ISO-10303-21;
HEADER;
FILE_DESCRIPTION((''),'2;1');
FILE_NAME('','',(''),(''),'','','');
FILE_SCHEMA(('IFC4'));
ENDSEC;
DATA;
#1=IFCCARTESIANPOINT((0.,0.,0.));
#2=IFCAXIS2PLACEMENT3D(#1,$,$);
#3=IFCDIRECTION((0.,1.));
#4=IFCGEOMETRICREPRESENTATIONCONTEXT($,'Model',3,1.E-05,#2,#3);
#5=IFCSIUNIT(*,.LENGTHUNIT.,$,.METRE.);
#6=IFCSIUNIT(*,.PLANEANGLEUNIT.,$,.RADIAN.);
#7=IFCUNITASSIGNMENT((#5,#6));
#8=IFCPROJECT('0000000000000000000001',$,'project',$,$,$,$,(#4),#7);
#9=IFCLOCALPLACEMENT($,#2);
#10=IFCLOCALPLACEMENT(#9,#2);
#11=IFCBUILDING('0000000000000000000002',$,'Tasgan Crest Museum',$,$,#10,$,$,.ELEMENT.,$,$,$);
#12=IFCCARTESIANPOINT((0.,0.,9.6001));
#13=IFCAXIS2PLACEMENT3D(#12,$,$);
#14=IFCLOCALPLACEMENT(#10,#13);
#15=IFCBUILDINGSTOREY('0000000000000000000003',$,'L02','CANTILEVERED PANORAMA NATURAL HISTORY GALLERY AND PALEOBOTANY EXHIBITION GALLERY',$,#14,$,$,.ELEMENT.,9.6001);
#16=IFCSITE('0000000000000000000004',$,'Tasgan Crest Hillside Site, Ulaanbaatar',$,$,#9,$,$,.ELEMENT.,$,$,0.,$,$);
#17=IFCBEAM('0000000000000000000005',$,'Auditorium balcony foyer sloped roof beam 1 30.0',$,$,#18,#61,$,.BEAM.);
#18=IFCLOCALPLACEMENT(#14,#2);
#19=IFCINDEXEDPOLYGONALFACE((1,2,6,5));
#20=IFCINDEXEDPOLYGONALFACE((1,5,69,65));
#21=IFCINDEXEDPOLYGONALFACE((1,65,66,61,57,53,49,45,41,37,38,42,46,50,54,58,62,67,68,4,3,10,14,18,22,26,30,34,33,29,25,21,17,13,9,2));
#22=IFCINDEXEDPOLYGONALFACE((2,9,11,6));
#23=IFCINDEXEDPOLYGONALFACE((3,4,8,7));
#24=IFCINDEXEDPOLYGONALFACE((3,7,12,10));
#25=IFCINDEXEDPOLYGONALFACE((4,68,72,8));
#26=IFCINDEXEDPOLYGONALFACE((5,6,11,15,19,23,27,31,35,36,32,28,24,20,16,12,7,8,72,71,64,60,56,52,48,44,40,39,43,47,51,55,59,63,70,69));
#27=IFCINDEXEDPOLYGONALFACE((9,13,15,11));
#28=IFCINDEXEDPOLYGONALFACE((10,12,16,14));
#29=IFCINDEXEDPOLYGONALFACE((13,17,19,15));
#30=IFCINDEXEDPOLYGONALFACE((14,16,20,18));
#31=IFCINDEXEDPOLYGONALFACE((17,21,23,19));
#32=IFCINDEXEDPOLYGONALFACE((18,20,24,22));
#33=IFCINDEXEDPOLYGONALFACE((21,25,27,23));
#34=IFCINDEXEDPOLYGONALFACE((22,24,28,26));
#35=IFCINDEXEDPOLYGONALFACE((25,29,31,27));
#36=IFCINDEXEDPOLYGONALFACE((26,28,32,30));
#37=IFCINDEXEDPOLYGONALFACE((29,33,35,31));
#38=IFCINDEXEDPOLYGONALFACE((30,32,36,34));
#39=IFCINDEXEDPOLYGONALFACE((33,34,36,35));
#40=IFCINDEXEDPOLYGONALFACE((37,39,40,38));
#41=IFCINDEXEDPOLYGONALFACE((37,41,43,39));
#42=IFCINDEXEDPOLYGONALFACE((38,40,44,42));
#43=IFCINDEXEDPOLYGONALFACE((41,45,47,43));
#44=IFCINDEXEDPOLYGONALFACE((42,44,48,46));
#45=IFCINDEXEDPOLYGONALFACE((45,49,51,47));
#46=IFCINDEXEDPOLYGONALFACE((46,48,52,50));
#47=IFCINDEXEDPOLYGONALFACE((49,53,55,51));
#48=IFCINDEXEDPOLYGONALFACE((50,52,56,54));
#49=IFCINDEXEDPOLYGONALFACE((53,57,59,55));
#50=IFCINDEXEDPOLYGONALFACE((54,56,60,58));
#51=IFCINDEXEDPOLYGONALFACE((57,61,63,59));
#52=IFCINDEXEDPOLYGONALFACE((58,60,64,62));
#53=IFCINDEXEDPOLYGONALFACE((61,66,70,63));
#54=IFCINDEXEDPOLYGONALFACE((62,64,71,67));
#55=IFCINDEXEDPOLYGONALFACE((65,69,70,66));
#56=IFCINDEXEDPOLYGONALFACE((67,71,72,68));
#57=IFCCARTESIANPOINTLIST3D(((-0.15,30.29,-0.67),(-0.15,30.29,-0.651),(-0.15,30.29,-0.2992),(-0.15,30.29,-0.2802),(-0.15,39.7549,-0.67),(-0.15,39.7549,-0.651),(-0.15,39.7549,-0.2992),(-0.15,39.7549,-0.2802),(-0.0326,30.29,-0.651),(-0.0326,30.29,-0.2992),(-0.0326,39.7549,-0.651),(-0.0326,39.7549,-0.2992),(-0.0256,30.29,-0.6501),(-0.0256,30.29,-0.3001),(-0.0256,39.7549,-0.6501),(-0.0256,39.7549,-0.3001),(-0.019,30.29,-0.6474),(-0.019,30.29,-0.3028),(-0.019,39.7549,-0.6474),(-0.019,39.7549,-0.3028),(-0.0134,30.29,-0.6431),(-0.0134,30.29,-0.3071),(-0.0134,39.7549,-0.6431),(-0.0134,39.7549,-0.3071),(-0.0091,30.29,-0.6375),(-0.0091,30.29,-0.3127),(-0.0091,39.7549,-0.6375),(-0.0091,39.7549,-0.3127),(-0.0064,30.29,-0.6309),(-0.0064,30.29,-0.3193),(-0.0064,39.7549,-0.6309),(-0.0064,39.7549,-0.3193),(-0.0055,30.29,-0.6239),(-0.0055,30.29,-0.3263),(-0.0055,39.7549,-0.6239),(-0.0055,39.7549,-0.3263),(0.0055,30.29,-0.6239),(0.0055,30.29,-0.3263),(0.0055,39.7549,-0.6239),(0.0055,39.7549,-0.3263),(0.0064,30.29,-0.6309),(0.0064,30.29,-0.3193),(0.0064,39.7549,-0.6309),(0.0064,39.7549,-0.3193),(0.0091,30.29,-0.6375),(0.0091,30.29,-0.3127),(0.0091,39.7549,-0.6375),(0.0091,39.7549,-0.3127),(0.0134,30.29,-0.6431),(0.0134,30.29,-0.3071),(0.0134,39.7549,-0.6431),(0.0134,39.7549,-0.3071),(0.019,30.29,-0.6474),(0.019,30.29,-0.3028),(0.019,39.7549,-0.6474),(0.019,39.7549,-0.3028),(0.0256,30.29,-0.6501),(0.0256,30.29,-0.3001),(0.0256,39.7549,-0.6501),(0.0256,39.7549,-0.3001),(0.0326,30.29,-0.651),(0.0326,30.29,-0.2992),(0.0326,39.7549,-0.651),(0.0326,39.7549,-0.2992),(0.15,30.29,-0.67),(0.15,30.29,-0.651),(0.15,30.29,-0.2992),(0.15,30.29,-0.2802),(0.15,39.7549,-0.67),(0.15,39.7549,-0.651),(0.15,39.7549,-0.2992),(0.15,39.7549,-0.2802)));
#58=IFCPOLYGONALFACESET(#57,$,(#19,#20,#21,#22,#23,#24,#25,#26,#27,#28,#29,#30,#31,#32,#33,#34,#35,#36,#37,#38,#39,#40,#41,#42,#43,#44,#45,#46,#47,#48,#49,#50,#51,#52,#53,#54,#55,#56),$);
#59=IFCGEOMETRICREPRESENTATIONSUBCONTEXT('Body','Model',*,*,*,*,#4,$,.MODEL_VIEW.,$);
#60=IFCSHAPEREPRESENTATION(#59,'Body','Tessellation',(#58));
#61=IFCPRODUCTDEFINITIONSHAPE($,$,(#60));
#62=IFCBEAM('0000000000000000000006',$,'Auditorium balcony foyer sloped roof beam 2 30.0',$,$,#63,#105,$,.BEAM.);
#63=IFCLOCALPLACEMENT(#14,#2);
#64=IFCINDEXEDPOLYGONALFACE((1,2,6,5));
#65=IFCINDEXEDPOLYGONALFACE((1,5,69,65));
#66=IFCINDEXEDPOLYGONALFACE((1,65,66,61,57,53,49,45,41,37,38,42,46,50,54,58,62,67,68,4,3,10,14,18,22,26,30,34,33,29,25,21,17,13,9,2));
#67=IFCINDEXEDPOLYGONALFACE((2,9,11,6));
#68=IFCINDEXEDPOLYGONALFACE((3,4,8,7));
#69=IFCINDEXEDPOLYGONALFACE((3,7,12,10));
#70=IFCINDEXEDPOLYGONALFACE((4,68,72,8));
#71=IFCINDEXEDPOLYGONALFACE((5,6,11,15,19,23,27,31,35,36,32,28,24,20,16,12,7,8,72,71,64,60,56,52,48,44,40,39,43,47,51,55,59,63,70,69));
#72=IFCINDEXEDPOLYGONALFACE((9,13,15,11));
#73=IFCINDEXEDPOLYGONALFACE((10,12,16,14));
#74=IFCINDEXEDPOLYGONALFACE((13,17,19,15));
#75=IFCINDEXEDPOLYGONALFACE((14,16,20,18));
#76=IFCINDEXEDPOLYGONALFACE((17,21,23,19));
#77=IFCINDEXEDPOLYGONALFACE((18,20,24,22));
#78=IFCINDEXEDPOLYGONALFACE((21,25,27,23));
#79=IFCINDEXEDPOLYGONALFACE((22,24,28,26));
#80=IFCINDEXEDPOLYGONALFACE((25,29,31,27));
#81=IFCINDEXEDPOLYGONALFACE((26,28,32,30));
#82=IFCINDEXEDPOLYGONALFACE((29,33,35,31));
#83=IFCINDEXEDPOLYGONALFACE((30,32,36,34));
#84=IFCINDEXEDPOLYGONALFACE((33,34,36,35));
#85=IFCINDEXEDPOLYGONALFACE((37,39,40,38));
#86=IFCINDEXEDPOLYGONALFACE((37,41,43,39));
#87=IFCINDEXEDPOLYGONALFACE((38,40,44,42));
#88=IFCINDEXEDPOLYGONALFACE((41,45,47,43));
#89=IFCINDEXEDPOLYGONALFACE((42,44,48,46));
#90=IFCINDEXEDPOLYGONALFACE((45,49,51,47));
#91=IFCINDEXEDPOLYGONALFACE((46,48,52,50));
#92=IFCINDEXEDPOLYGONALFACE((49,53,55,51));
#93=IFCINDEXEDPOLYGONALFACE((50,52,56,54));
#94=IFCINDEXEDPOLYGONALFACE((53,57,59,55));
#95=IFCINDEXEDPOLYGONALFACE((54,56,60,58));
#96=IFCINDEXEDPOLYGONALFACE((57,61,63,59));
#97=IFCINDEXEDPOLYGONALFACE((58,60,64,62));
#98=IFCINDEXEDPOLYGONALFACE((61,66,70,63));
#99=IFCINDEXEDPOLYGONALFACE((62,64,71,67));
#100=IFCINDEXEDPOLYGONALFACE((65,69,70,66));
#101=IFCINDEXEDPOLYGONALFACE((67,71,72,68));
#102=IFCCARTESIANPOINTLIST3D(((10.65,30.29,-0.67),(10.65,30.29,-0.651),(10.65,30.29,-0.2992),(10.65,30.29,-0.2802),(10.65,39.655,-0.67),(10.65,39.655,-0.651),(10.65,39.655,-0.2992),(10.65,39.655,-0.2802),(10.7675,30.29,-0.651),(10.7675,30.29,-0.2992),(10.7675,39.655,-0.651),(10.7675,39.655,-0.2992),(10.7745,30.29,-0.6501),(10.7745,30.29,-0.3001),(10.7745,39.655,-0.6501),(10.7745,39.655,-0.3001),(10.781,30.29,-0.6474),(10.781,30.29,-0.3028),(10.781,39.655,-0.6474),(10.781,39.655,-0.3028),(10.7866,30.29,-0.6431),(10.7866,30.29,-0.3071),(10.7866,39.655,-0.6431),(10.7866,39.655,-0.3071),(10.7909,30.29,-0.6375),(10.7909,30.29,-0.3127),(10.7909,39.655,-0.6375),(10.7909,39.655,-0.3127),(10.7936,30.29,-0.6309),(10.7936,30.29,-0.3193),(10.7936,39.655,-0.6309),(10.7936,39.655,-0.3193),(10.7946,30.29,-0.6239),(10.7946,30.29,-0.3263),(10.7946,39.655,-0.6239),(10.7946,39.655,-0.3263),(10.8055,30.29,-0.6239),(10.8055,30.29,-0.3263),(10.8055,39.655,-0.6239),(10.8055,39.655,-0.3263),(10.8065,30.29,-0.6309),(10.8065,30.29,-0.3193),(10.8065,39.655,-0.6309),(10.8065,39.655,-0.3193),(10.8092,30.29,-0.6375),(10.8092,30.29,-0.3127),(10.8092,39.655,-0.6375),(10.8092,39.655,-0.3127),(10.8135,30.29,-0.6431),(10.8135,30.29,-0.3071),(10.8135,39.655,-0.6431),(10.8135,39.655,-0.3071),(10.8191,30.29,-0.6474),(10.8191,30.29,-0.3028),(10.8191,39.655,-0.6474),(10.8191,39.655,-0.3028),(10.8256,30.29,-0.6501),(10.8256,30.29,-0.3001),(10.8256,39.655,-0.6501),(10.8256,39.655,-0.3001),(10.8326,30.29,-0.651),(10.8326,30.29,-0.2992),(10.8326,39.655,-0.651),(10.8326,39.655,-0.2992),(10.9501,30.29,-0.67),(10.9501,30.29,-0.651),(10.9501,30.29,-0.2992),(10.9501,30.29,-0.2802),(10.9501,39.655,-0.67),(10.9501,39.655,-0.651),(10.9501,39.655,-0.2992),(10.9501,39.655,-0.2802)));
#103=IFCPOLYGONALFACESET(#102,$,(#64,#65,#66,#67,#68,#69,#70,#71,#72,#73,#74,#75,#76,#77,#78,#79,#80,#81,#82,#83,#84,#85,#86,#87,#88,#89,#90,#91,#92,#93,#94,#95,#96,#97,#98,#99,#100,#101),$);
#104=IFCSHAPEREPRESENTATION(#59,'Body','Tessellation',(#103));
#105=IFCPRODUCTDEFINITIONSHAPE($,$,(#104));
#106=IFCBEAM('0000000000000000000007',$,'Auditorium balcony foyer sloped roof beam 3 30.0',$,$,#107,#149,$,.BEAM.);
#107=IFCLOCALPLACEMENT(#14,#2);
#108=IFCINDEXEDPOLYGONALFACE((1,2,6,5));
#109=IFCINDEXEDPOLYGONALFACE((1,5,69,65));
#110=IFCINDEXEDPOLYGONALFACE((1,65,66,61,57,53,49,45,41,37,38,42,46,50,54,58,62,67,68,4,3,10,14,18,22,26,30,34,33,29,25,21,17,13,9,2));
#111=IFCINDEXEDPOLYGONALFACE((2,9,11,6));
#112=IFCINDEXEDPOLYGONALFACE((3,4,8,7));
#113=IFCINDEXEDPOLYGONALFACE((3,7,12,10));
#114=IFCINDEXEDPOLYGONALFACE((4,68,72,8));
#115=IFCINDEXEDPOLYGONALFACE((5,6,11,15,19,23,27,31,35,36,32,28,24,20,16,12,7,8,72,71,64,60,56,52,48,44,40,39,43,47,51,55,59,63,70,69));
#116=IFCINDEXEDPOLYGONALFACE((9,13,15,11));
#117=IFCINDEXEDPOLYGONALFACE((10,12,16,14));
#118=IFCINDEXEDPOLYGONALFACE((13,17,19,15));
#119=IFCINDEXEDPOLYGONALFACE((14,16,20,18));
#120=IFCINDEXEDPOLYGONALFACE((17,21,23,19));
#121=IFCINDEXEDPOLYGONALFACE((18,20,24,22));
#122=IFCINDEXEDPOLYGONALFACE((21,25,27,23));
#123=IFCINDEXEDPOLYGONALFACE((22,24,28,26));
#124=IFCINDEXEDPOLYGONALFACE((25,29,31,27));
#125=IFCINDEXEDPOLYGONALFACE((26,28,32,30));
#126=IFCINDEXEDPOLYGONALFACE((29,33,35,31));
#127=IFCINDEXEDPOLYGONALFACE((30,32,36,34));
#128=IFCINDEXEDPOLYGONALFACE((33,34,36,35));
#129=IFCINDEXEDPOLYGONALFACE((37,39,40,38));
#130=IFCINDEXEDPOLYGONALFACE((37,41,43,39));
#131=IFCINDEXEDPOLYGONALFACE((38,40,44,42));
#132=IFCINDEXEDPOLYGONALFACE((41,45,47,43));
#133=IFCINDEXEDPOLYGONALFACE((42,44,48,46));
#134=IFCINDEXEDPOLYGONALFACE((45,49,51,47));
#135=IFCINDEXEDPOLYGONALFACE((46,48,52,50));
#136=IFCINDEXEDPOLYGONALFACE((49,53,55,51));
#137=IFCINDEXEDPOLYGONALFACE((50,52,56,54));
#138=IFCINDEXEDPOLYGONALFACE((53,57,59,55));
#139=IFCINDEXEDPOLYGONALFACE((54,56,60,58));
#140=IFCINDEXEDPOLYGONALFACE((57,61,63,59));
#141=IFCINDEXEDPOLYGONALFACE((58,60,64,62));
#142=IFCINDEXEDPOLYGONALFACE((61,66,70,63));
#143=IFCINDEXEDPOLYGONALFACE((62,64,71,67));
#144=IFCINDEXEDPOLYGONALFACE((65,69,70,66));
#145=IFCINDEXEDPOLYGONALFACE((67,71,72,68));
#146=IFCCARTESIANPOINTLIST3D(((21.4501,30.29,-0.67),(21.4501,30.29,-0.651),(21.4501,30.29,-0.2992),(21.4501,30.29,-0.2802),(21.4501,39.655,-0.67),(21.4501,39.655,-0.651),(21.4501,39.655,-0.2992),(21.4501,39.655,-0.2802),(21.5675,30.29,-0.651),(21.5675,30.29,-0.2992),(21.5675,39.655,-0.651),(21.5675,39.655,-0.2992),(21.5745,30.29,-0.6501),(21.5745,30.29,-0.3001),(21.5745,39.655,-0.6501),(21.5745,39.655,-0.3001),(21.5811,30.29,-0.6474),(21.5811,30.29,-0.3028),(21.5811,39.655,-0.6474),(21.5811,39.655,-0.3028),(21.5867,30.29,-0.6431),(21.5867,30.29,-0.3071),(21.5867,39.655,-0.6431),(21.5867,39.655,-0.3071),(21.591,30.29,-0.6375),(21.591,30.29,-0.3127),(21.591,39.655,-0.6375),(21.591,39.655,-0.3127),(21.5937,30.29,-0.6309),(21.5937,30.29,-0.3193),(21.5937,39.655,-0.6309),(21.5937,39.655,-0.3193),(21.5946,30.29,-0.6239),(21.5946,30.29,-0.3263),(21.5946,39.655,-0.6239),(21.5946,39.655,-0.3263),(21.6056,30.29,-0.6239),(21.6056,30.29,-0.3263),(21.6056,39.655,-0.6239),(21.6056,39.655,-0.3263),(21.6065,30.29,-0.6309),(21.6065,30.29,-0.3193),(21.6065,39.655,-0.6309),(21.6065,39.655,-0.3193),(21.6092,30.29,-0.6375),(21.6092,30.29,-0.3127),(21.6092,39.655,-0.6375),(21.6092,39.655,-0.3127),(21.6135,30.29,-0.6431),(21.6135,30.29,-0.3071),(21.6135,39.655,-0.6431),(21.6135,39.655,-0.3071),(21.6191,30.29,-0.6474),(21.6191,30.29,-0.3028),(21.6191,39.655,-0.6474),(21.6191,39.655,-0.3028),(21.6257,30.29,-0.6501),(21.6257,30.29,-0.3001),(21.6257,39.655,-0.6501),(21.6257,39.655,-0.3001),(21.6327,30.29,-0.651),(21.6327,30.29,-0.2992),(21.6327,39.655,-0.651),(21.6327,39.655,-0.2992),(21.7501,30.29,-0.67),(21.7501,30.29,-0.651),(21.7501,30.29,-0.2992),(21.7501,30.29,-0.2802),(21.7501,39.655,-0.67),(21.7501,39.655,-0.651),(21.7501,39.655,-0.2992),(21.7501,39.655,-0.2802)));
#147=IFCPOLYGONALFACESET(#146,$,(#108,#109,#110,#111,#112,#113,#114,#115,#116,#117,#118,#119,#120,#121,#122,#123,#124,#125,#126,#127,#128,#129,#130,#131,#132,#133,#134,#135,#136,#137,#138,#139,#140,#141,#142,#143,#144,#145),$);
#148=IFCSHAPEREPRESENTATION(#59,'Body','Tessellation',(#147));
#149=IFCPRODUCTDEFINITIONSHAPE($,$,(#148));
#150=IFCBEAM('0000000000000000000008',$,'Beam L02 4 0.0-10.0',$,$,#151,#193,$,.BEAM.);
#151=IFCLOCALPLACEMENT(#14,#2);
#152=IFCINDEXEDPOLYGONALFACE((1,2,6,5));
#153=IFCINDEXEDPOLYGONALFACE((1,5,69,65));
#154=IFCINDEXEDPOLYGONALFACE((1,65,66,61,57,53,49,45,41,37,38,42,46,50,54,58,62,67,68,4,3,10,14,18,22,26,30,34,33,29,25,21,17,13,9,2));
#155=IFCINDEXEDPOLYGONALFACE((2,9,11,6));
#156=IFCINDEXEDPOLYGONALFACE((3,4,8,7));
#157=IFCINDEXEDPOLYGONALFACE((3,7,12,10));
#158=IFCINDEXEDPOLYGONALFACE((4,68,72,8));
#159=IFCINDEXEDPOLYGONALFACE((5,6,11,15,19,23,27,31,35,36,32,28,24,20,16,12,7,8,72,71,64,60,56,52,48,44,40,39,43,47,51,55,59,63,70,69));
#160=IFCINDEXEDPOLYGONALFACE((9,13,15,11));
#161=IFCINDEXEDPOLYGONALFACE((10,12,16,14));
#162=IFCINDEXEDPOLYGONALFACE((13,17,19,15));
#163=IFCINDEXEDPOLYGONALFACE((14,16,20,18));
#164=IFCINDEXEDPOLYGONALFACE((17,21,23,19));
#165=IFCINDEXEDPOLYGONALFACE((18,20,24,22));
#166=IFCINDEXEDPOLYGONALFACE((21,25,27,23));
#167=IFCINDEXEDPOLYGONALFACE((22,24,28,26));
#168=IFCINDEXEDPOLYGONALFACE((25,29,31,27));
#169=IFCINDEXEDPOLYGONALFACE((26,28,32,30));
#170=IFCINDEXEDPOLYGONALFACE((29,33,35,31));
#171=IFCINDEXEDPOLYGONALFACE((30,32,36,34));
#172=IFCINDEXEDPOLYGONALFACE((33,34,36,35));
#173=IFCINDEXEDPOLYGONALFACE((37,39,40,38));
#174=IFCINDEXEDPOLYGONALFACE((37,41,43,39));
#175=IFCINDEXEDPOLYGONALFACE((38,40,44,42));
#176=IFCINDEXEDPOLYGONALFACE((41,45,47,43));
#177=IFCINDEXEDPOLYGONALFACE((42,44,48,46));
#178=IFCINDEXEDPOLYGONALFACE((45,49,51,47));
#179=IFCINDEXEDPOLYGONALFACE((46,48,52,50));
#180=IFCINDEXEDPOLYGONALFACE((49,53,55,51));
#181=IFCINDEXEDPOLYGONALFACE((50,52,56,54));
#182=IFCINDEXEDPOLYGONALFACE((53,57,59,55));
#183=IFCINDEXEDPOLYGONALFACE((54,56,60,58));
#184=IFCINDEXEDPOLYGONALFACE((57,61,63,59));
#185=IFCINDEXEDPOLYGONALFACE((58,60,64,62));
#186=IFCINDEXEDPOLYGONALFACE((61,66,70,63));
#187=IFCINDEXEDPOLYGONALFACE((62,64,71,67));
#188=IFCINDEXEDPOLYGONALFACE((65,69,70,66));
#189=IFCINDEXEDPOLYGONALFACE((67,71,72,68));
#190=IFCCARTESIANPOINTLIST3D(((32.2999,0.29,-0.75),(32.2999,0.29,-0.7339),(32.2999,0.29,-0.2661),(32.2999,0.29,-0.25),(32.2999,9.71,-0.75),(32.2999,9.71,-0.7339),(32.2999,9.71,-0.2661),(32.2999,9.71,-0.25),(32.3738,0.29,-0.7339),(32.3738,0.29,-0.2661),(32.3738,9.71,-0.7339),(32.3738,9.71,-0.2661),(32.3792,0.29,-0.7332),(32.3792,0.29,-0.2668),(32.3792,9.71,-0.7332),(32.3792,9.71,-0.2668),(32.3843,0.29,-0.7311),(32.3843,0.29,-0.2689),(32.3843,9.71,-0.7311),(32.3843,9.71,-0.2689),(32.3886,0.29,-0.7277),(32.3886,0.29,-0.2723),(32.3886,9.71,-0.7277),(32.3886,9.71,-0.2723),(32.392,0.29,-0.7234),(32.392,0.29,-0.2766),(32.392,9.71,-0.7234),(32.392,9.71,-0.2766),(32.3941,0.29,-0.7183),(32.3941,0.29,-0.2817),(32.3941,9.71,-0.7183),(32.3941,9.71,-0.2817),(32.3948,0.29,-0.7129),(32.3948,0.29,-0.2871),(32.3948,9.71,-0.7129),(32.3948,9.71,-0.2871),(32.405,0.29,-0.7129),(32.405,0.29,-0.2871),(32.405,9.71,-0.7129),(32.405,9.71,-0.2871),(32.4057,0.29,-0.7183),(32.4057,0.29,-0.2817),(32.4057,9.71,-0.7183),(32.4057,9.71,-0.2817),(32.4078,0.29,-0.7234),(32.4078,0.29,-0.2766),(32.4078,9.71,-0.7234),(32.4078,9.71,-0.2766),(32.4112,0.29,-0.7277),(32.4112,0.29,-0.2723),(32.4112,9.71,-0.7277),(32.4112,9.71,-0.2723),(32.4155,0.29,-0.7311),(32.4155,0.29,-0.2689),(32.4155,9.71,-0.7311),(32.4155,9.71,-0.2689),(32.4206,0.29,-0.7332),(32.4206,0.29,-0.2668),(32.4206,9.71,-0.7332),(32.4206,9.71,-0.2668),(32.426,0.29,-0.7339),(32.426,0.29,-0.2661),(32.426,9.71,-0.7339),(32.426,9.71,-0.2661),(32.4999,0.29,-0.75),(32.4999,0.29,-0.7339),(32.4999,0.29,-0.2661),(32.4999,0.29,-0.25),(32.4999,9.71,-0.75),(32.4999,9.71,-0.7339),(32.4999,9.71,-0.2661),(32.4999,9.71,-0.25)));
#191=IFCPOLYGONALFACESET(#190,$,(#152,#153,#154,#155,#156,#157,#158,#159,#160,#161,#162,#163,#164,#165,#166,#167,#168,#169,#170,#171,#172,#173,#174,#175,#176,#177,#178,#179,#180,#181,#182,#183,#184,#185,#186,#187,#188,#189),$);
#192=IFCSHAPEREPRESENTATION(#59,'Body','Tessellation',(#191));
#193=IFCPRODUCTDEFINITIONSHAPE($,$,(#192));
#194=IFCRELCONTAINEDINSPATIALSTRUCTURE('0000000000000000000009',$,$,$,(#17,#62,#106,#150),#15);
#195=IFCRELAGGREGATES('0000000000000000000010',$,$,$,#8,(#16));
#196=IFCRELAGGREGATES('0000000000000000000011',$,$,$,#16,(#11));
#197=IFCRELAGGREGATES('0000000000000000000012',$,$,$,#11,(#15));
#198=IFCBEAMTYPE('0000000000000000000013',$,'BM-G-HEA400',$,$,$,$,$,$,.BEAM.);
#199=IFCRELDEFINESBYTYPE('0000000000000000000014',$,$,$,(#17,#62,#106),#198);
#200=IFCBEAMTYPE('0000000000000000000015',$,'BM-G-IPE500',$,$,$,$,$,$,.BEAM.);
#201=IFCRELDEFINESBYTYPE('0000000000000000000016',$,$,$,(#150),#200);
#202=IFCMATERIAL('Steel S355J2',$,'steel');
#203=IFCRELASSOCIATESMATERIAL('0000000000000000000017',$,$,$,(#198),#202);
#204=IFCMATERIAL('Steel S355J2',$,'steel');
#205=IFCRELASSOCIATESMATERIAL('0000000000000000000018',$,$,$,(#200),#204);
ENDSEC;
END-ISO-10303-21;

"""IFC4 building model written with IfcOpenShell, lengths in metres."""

from ifc_helpers import new_model, si_unit, direction, frame, origin, origin_2d, place, context, subcontext, project, spatial, i_section, extrude, material, material_profile, profile_set, type_object, element, save


model = new_model("IFC4")

# Units and contexts
model_context = context("Model", 3, precision=1e-05, world=origin(), true_north=direction((0.0, 1.0)))
body_context = subcontext(model_context, "Body", "Model", "MODEL_VIEW")
ifc_project = project(units=[si_unit("LENGTHUNIT", "METRE"), si_unit("PLANEANGLEUNIT", "RADIAN")], contexts=[model_context])

# Site, building, storey
site_placement = place(None, origin())
site = spatial("IfcSite", under=ifc_project, at=site_placement, Name="Tasgan Crest Hillside Site, Ulaanbaatar", CompositionType="ELEMENT", RefElevation=0.0)
building_placement = place(site_placement, origin())
building = spatial("IfcBuilding", under=site, at=building_placement, Name="Tasgan Crest Museum", CompositionType="ELEMENT")
storey_placement = place(building_placement, frame((0.0, 0.0, 9.6001)))
storey = spatial("IfcBuildingStorey", under=building, at=storey_placement, Name="L02", Description="CANTILEVERED PANORAMA NATURAL HISTORY GALLERY AND PALEOBOTANY EXHIBITION GALLERY", CompositionType="ELEMENT", Elevation=9.6001)

# Beams
ifc_material_1 = material(Name="Steel S355J2", Category="steel")
ifc_material_profile_1 = material_profile(ifc_material_1, i_section(OverallWidth=0.3, OverallDepth=0.3899, WebThickness=0.011, FlangeThickness=0.019, FilletRadius=0.0271, at=origin_2d()), Name="HEA 400")
ifc_profile_set_1 = profile_set([ifc_material_profile_1], Name="Steel S355J2")
beam_type_1 = type_object("IfcBeamType", Name="BM-G-HEA400", PredefinedType="BEAM", material=ifc_profile_set_1)
beam_1_placement = place(storey_placement, frame((0.0, 30.29, -0.4751), z_axis=(0.0, 1.0, 0.0), x_axis=(-1.0, 0.0, 0.0)))
element("IfcBeam", 1, at=beam_1_placement, inside=storey, type_object=beam_type_1, Name="Auditorium balcony foyer sloped roof beam 1 30.0", PredefinedType="BEAM", context=body_context, shape_type="SweptSolid", body=[
    extrude(i_section(OverallWidth=0.3, OverallDepth=0.3899, WebThickness=0.011, FlangeThickness=0.019, FilletRadius=0.0271, at=origin_2d()), origin(), (0.0, 0.0, 1.0), 9.4648),
])
for number, where, z_axis, x_axis, name in (
    (2, (10.8, 30.29, -0.4751), (0.0, 1.0, 0.0), (-1.0, 0.0, 0.0), "Auditorium balcony foyer sloped roof beam 2 30.0"),
    (3, (21.6001, 30.29, -0.4751), (0.0, 1.0, 0.0), (-1.0, 0.0, 0.0), "Auditorium balcony foyer sloped roof beam 3 30.0"),
):
    element("IfcBeam", number, at=place(storey_placement, frame(where, z_axis=z_axis, x_axis=x_axis)), inside=storey, type_object=beam_type_1, Name=name, PredefinedType="BEAM", context=body_context, shape_type="SweptSolid", body=[
        extrude(i_section(OverallWidth=0.3, OverallDepth=0.3899, WebThickness=0.011, FlangeThickness=0.019, FilletRadius=0.0271, at=origin_2d()), origin(), (0.0, 0.0, 1.0), 9.365),
    ])
ifc_material_2 = material(Name="Steel S355J2", Category="steel")
ifc_material_profile_2 = material_profile(ifc_material_2, i_section(OverallWidth=0.2, OverallDepth=0.5, WebThickness=0.0103, FlangeThickness=0.0161, FilletRadius=0.021, at=origin_2d()), Name="IPE 500")
ifc_profile_set_2 = profile_set([ifc_material_profile_2], Name="Steel S355J2")
beam_type_2 = type_object("IfcBeamType", Name="BM-G-IPE500", PredefinedType="BEAM", material=ifc_profile_set_2)
for number, where, z_axis, x_axis, name in (
    (4, (32.3999, 0.29, -0.5), (0.0, 1.0, 0.0), (-1.0, 0.0, 0.0), "Beam L02 4 0.0-10.0"),
):
    element("IfcBeam", number, at=place(storey_placement, frame(where, z_axis=z_axis, x_axis=x_axis)), inside=storey, type_object=beam_type_2, Name=name, PredefinedType="BEAM", context=body_context, shape_type="SweptSolid", body=[
        extrude(i_section(OverallWidth=0.2, OverallDepth=0.5, WebThickness=0.0103, FlangeThickness=0.0161, FilletRadius=0.021, at=origin_2d()), origin(), (0.0, 0.0, 1.0), 9.4199),
    ])

save(model, "model.ifc")
